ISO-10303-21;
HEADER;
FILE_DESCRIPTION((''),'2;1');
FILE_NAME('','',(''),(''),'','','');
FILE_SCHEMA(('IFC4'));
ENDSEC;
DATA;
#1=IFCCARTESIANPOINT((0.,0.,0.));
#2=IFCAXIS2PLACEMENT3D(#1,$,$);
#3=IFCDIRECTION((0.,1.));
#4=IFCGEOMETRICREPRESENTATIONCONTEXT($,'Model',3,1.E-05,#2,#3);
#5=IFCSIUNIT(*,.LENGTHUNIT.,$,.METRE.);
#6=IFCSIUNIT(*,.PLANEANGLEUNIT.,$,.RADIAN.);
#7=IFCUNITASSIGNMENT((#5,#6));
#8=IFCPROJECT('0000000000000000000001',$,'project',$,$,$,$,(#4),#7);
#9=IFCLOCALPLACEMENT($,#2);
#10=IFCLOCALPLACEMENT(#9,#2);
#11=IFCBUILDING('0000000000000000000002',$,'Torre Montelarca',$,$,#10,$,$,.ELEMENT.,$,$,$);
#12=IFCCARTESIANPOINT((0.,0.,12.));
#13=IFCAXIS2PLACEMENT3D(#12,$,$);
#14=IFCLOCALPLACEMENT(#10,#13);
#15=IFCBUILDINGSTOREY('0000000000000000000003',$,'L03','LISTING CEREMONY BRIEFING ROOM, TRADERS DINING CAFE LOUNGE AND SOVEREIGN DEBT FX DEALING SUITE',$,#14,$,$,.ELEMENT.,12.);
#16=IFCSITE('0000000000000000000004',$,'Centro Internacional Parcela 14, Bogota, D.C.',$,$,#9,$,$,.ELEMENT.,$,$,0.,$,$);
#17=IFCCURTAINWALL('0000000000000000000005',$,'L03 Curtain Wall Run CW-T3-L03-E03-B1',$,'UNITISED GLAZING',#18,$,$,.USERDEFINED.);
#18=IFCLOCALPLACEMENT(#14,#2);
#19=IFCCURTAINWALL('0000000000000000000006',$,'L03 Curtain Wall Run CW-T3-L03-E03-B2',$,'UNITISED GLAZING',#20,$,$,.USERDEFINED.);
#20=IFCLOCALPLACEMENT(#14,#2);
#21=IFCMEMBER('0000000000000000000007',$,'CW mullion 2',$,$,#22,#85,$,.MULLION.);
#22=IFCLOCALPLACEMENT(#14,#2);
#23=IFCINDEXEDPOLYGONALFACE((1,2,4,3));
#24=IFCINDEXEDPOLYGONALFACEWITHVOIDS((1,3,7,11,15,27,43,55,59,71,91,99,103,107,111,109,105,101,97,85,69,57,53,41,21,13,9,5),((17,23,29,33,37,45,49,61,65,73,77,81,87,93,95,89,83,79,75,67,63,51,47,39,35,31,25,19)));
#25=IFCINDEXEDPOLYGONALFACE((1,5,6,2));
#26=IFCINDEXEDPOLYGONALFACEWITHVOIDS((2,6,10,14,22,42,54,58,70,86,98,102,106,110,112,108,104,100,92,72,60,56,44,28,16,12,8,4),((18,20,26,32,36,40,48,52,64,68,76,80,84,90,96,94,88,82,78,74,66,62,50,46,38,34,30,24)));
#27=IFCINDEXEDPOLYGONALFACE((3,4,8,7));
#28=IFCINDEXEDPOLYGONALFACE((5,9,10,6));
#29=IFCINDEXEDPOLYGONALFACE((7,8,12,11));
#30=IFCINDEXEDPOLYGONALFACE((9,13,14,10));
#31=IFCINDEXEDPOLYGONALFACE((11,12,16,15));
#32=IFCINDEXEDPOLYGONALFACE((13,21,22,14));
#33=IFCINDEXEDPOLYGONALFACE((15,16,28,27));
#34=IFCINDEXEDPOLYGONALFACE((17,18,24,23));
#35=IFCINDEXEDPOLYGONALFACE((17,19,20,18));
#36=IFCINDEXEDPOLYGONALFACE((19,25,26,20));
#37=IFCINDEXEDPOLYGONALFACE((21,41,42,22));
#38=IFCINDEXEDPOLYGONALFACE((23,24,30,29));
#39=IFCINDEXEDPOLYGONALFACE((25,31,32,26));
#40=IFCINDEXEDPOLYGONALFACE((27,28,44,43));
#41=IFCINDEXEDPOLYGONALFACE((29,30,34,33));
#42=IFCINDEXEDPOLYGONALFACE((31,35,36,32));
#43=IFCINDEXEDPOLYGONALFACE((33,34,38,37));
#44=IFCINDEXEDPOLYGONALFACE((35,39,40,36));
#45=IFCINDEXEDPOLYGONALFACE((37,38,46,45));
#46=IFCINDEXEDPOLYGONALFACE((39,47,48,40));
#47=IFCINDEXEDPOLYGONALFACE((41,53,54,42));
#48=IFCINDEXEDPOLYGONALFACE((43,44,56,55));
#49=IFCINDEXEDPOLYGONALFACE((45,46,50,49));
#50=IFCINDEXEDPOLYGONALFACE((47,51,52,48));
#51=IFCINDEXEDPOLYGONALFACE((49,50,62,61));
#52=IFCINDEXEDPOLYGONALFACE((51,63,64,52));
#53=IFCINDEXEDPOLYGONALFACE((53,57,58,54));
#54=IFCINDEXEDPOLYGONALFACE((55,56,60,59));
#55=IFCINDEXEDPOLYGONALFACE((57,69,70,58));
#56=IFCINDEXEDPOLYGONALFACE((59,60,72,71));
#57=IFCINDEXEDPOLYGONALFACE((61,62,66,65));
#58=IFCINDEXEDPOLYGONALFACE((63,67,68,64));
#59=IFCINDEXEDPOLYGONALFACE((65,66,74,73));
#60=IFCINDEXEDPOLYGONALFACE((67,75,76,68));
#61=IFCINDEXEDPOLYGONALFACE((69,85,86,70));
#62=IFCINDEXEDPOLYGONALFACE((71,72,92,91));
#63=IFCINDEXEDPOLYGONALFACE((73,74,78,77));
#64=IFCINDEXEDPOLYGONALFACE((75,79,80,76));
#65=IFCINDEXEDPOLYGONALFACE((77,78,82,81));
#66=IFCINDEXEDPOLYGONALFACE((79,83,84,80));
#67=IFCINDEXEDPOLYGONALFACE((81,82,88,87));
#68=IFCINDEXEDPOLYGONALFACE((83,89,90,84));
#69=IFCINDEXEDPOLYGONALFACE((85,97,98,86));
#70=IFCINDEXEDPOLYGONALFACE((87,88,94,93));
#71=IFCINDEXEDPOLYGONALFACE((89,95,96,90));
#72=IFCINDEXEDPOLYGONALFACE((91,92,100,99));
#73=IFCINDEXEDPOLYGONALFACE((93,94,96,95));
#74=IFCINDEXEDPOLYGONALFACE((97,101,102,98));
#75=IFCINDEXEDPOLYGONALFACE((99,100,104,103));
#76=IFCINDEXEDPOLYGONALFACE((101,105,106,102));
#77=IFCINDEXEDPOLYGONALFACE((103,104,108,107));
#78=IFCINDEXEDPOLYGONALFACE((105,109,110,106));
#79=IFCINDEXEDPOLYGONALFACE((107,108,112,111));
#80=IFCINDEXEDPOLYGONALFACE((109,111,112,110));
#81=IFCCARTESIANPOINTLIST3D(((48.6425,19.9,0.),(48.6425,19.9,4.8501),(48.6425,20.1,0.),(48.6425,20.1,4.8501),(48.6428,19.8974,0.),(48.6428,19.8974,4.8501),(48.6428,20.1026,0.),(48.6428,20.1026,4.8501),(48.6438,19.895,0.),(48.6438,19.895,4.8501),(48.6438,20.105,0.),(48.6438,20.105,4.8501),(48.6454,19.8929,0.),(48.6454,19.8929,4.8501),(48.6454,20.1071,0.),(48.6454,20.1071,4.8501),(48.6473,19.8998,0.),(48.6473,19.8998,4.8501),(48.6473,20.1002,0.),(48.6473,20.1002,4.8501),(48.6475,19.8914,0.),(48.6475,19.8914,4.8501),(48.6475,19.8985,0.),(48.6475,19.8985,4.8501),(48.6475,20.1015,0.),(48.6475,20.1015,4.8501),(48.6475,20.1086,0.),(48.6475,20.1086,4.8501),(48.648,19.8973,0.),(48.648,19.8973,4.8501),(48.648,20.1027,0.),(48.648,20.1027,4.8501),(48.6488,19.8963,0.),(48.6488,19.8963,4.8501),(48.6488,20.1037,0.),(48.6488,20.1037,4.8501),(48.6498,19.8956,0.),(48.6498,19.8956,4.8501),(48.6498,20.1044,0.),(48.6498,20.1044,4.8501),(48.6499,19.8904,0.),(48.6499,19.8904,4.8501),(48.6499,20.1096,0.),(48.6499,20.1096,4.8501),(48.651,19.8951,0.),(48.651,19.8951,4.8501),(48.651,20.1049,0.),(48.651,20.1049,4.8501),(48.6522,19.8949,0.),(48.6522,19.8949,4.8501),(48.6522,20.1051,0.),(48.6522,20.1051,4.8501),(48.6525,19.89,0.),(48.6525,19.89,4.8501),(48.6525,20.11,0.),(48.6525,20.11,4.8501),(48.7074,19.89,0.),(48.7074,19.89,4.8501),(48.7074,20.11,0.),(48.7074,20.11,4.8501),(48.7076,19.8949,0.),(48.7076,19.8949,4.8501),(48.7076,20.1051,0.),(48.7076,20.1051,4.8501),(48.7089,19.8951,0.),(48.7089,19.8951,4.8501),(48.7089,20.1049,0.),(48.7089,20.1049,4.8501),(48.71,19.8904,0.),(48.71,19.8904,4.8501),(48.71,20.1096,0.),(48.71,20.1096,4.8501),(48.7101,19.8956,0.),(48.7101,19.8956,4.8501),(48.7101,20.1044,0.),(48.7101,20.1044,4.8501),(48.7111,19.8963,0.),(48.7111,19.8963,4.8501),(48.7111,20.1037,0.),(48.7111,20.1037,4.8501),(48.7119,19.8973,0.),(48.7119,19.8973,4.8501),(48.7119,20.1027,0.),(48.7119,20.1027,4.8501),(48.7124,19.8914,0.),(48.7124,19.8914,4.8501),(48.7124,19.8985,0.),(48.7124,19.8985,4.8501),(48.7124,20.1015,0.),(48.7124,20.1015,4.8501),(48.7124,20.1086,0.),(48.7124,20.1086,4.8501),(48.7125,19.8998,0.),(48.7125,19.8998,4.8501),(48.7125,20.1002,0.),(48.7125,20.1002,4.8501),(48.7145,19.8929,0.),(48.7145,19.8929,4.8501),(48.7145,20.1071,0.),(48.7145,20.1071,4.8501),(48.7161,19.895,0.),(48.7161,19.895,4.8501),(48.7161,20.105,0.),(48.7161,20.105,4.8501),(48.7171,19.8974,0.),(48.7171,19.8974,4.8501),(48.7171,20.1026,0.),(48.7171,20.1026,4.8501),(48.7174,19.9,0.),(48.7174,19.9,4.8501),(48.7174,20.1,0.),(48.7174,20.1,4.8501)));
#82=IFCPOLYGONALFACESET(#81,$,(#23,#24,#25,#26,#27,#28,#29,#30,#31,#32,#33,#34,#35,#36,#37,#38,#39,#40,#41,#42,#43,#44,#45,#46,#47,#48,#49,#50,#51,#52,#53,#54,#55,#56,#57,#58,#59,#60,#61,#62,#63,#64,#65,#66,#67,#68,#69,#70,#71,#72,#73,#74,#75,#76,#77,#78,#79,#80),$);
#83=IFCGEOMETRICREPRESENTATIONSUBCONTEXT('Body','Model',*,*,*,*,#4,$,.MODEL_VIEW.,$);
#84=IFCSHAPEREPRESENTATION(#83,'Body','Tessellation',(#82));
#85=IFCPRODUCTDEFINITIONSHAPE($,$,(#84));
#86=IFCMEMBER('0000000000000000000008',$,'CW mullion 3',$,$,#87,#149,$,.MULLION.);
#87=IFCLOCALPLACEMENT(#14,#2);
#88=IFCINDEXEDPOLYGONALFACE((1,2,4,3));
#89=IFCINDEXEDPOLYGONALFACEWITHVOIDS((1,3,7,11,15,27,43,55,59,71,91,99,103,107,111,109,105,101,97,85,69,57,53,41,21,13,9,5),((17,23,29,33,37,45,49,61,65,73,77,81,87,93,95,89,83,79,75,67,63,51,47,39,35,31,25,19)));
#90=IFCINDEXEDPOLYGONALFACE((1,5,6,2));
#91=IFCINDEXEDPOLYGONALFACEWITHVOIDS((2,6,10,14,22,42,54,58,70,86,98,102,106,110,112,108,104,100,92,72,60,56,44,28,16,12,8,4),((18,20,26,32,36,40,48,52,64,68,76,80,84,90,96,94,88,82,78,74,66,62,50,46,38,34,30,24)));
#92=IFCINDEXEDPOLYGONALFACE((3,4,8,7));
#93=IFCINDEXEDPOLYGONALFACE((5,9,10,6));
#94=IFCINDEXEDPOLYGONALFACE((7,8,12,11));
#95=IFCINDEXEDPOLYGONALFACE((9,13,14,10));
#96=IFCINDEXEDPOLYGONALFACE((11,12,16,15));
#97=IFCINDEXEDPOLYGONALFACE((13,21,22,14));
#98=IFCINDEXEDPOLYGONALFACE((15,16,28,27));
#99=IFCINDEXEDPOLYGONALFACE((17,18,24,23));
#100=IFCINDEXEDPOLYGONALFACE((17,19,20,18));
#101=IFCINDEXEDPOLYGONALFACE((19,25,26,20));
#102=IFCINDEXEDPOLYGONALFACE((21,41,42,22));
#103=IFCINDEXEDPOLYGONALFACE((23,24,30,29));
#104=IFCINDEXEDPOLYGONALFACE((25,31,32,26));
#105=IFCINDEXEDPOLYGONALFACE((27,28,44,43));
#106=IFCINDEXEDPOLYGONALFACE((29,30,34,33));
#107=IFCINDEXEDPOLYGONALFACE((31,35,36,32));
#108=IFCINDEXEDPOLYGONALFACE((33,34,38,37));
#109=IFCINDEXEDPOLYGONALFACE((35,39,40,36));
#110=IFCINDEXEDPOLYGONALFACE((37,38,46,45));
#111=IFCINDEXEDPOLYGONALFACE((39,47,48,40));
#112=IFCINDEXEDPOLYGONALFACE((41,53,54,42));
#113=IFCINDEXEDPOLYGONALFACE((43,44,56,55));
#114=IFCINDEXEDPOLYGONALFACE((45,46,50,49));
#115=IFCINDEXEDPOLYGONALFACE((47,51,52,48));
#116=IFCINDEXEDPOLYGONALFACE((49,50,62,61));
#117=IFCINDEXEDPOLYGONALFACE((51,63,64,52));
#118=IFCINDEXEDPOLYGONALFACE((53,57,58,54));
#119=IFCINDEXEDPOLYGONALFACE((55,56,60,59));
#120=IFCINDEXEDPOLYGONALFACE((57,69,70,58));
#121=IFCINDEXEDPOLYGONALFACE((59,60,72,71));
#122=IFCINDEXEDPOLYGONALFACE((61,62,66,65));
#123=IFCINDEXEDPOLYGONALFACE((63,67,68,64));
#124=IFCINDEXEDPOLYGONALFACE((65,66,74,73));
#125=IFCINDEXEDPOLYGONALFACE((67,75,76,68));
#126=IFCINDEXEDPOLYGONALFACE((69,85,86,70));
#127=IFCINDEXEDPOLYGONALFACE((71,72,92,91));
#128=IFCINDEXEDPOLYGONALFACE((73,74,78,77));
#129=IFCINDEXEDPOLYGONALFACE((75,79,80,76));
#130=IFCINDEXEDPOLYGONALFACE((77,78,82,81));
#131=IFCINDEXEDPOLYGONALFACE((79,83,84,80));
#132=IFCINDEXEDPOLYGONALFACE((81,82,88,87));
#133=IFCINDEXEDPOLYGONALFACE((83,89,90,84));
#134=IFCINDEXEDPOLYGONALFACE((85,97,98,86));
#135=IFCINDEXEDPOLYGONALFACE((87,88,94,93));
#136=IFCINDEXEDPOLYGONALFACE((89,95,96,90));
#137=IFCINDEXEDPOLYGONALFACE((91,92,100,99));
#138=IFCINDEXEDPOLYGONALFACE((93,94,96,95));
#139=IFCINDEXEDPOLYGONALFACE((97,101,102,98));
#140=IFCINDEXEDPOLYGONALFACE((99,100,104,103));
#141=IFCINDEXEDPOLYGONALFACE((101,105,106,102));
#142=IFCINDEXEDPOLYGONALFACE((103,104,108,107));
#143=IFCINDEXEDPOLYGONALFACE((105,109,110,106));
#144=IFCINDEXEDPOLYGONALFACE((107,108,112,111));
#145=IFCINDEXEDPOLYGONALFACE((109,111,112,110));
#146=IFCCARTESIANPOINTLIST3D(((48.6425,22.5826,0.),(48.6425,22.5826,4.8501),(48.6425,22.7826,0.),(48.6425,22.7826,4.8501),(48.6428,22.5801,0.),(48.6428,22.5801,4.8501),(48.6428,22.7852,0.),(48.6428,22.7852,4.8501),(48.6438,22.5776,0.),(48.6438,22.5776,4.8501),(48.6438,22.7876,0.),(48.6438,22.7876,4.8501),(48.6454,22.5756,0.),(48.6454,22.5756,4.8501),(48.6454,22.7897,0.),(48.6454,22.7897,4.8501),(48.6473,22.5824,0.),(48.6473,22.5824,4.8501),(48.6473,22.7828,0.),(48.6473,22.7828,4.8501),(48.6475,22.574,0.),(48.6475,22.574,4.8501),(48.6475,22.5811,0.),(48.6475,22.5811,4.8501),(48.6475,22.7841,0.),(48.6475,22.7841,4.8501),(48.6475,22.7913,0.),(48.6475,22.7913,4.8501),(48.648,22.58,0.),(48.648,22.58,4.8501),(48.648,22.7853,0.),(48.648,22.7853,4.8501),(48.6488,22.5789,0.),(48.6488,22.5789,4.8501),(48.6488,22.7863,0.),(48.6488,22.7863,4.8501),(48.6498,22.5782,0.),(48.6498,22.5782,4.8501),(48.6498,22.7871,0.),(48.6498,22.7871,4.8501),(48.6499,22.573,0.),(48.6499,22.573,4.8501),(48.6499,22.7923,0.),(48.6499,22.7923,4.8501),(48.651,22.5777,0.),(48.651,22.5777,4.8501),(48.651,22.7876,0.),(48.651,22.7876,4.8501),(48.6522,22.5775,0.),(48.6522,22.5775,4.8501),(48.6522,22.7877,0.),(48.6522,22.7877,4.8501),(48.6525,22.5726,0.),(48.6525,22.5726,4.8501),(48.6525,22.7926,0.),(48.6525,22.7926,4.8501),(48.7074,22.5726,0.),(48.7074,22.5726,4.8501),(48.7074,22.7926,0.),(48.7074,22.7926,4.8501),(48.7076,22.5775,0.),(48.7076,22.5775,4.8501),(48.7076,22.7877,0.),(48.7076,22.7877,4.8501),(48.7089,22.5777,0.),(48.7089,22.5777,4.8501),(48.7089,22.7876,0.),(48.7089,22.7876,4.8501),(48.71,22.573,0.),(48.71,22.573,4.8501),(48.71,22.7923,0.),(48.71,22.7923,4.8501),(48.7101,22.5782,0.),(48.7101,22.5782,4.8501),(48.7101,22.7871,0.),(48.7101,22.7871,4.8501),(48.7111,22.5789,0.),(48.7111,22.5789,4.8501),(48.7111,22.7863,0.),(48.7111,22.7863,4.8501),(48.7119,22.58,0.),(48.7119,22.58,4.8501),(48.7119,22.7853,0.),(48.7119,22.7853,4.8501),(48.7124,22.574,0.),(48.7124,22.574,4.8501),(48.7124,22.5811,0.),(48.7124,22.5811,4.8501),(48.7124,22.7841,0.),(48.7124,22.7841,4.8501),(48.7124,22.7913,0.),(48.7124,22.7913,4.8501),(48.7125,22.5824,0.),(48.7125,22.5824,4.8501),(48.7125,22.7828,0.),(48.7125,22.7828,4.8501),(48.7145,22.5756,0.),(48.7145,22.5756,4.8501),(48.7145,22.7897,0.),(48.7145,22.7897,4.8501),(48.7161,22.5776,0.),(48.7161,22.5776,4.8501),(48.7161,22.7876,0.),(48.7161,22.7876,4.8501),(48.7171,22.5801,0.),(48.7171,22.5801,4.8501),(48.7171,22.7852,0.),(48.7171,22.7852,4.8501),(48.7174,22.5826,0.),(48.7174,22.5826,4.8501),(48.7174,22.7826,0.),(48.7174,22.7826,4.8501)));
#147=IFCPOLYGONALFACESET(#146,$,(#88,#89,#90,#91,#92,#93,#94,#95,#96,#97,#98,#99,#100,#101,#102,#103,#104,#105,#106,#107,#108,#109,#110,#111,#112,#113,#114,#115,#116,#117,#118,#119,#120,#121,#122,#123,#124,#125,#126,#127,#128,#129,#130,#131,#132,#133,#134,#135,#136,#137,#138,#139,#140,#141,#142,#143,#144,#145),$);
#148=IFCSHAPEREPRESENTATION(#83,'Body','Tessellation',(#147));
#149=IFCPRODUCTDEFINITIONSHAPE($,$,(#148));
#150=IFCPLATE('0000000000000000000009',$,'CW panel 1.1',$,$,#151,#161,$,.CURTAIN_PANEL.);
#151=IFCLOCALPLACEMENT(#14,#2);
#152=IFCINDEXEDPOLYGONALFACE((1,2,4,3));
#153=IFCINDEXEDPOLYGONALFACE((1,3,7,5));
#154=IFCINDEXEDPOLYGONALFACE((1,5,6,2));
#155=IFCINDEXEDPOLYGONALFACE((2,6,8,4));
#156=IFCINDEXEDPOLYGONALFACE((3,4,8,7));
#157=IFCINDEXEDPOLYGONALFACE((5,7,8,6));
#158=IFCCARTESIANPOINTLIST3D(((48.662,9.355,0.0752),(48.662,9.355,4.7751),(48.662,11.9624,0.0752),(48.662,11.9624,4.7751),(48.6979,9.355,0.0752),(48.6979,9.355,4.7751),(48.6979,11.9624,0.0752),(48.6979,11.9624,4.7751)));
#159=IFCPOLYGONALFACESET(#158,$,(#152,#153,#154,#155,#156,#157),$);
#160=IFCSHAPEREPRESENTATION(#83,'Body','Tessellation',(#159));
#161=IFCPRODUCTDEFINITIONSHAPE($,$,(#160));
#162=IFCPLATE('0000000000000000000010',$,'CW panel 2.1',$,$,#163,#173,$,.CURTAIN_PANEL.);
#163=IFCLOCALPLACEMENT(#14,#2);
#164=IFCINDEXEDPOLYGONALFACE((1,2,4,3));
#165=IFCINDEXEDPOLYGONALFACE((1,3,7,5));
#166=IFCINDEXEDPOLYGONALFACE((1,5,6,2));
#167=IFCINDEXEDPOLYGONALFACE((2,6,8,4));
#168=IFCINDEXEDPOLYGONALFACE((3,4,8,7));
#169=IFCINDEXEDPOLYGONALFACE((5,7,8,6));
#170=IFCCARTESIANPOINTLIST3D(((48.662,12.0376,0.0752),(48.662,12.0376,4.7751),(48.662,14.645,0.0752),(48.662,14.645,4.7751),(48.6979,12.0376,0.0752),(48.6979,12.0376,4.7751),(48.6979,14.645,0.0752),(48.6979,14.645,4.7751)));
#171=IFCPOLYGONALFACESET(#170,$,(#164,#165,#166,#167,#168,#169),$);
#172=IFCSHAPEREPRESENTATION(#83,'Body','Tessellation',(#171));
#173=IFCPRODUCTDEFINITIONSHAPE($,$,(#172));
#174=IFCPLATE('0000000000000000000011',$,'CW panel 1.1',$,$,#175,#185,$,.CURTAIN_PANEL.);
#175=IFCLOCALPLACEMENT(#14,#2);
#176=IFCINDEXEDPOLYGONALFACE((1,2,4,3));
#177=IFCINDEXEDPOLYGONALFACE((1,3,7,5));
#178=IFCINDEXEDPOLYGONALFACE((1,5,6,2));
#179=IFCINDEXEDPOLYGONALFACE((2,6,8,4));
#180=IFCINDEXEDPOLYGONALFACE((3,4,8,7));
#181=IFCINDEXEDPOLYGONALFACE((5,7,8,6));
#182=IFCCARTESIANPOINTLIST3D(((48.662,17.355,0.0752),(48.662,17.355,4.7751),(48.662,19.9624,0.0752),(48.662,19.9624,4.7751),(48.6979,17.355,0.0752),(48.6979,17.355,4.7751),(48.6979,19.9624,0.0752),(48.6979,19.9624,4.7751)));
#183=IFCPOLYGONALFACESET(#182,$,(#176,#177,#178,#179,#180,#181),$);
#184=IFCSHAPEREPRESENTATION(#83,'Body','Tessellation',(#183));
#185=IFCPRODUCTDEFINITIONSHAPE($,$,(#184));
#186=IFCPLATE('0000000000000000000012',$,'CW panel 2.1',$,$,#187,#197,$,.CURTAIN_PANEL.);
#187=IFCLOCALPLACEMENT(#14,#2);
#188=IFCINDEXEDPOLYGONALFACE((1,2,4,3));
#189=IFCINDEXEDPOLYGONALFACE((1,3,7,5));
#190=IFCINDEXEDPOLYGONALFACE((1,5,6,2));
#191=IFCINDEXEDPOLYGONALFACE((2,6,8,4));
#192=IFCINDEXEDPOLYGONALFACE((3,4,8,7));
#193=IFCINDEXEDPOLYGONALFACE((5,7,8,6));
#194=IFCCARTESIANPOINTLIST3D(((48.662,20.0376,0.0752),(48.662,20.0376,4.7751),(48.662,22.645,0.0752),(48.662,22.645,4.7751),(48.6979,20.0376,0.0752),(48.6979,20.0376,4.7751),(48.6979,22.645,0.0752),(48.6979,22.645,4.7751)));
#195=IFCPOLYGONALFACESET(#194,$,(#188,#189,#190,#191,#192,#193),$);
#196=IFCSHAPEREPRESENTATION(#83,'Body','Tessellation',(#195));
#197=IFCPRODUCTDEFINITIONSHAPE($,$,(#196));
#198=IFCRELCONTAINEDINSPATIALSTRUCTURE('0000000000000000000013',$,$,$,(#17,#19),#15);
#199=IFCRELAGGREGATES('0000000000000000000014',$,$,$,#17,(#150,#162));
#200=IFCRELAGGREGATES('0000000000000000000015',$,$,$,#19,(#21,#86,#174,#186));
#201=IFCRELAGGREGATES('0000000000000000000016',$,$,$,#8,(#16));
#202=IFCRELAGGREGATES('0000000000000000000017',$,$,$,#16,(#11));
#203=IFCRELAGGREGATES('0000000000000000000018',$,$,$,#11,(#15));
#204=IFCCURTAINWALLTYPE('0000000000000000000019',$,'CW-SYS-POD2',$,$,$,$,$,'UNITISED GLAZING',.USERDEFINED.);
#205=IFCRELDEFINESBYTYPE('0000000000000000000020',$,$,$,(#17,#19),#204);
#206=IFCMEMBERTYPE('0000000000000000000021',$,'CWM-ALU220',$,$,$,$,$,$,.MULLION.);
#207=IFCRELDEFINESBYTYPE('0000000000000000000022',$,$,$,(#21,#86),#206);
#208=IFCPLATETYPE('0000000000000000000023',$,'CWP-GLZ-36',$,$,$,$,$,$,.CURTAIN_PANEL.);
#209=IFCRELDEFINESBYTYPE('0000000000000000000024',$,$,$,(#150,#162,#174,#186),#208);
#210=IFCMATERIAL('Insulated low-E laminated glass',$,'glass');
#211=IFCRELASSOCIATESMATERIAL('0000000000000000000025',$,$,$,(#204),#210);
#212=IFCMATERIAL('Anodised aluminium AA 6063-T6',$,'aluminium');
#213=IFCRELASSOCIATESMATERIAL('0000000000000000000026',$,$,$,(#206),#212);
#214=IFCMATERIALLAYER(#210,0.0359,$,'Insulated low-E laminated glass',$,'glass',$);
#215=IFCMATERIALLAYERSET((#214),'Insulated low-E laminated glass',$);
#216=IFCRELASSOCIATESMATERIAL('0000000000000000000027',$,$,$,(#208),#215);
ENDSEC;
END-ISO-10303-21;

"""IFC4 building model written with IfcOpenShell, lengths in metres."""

from ifc_helpers import new_model, si_unit, direction, frame, origin, origin_2d, place, context, subcontext, project, spatial, rectangle, hollow_rectangle, extrude, source, transform, mapped, material, layer, layer_set, material_profile, profile_set, type_object, element, aggregate, save


model = new_model("IFC4")

# Units and contexts
model_context = context("Model", 3, precision=1e-05, world=origin(), true_north=direction((0.0, 1.0)))
body_context = subcontext(model_context, "Body", "Model", "MODEL_VIEW")
ifc_project = project(units=[si_unit("LENGTHUNIT", "METRE"), si_unit("PLANEANGLEUNIT", "RADIAN")], contexts=[model_context])

# Site, building, storey
site_placement = place(None, origin())
site = spatial("IfcSite", under=ifc_project, at=site_placement, Name="Centro Internacional Parcela 14, Bogota, D.C.", CompositionType="ELEMENT", RefElevation=0.0)
building_placement = place(site_placement, origin())
building = spatial("IfcBuilding", under=site, at=building_placement, Name="Torre Montelarca", CompositionType="ELEMENT")
storey_placement = place(building_placement, frame((0.0, 0.0, 12.0)))
storey = spatial("IfcBuildingStorey", under=building, at=storey_placement, Name="L03", Description="LISTING CEREMONY BRIEFING ROOM, TRADERS DINING CAFE LOUNGE AND SOVEREIGN DEBT FX DEALING SUITE", CompositionType="ELEMENT", Elevation=12.0)

# Curtain walls
ifc_material_1 = material(Name="Insulated low-E laminated glass", Category="glass")
curtain_wall_type = type_object("IfcCurtainWallType", Name="CW-SYS-POD2", ElementType="UNITISED GLAZING", PredefinedType="USERDEFINED", material=ifc_material_1)
curtain_wall_1_placement = place(storey_placement, origin())
curtain_wall_1 = element("IfcCurtainWall", 1, at=curtain_wall_1_placement, inside=storey, type_object=curtain_wall_type, Name="L03 Curtain Wall Run CW-T3-L03-E03-B1", ObjectType="UNITISED GLAZING", PredefinedType="USERDEFINED")
ifc_material_2 = material(Name="Anodised aluminium AA 6063-T6", Category="aluminium")
curtain_wall_2_placement = place(storey_placement, origin())
curtain_wall_2 = element("IfcCurtainWall", 2, at=curtain_wall_2_placement, inside=storey, type_object=curtain_wall_type, Name="L03 Curtain Wall Run CW-T3-L03-E03-B2", ObjectType="UNITISED GLAZING", PredefinedType="USERDEFINED")

# Members
ifc_material_profile_1 = material_profile(ifc_material_2, hollow_rectangle(XDim=0.075, YDim=0.22, WallThickness=0.0049, InnerFilletRadius=0.0049, OuterFilletRadius=0.01, at=origin_2d()), Name="ALU75X220X5", Category="aluminium")
ifc_profile_set_1 = profile_set([ifc_material_profile_1], Name="Anodised aluminium AA 6063-T6")
member_type_1 = type_object("IfcMemberType", Name="CWM-ALU220", PredefinedType="MULLION", material=ifc_profile_set_1)
shared_shape_1 = source(origin(), body_context, "Body", "SweptSolid", [
    extrude(hollow_rectangle(XDim=0.075, YDim=0.22, WallThickness=0.0049, InnerFilletRadius=0.0049, OuterFilletRadius=0.01, at=origin_2d()), origin(), (0.0, 0.0, 1.0), 4.8501),
])
member_1_placement = place(storey_placement, frame((48.6799, 20.0, 0.0), z_axis=(0.0, 0.0, 1.0), x_axis=(-1.0, 0.0, 0.0)))
member_1 = element("IfcMember", 3, at=member_1_placement, type_object=member_type_1, Name="CW mullion 2", PredefinedType="MULLION", context=body_context, shape_type="MappedRepresentation", body=[
    mapped(shared_shape_1, transform((0.0, 0.0, 0.0), scale=1.0)),
])
member_2_placement = place(storey_placement, frame((48.6799, 22.6826, 0.0), z_axis=(0.0, 0.0, 1.0), x_axis=(-1.0, 0.0, 0.0)))
member_2 = element("IfcMember", 4, at=member_2_placement, type_object=member_type_1, Name="CW mullion 3", PredefinedType="MULLION", context=body_context, shape_type="MappedRepresentation", body=[
    mapped(shared_shape_1, transform((0.0, 0.0, 0.0), scale=1.0)),
])

# Plates
ifc_layer_1 = layer(ifc_material_1, 0.0359, Name="Insulated low-E laminated glass", Category="glass")
ifc_layer_set_1 = layer_set([ifc_layer_1], Name="Insulated low-E laminated glass")
plate_type = type_object("IfcPlateType", Name="CWP-GLZ-36", PredefinedType="CURTAIN_PANEL", material=ifc_layer_set_1)
shared_shape_2 = source(origin(), body_context, "Body", "SweptSolid", [
    extrude(rectangle(XDim=2.6074, YDim=0.0359, at=origin_2d()), origin(), (0.0, 0.0, 1.0), 4.7),
])
plate_1_placement = place(storey_placement, frame((48.6799, 10.6587, 0.0752), z_axis=(0.0, 0.0, 1.0), x_axis=(0.0, 1.0, 0.0)))
plate_1 = element("IfcPlate", 5, at=plate_1_placement, type_object=plate_type, Name="CW panel 1.1", PredefinedType="CURTAIN_PANEL", context=body_context, shape_type="MappedRepresentation", body=[
    mapped(shared_shape_2, transform((0.0, 0.0, 0.0), scale=1.0)),
])
plate_2_placement = place(storey_placement, frame((48.6799, 13.3413, 0.0752), z_axis=(0.0, 0.0, 1.0), x_axis=(0.0, 1.0, 0.0)))
plate_2 = element("IfcPlate", 6, at=plate_2_placement, type_object=plate_type, Name="CW panel 2.1", PredefinedType="CURTAIN_PANEL", context=body_context, shape_type="MappedRepresentation", body=[
    mapped(shared_shape_2, transform((0.0, 0.0, 0.0), scale=1.0)),
])
aggregate(curtain_wall_1, [plate_1, plate_2])
plate_3_placement = place(storey_placement, frame((48.6799, 18.6587, 0.0752), z_axis=(0.0, 0.0, 1.0), x_axis=(0.0, 1.0, 0.0)))
plate_3 = element("IfcPlate", 7, at=plate_3_placement, type_object=plate_type, Name="CW panel 1.1", PredefinedType="CURTAIN_PANEL", context=body_context, shape_type="MappedRepresentation", body=[
    mapped(shared_shape_2, transform((0.0, 0.0, 0.0), scale=1.0)),
])
plate_4_placement = place(storey_placement, frame((48.6799, 21.3413, 0.0752), z_axis=(0.0, 0.0, 1.0), x_axis=(0.0, 1.0, 0.0)))
plate_4 = element("IfcPlate", 8, at=plate_4_placement, type_object=plate_type, Name="CW panel 2.1", PredefinedType="CURTAIN_PANEL", context=body_context, shape_type="MappedRepresentation", body=[
    mapped(shared_shape_2, transform((0.0, 0.0, 0.0), scale=1.0)),
])
aggregate(curtain_wall_2, [member_1, member_2, plate_3, plate_4])

save(model, "model.ifc")
